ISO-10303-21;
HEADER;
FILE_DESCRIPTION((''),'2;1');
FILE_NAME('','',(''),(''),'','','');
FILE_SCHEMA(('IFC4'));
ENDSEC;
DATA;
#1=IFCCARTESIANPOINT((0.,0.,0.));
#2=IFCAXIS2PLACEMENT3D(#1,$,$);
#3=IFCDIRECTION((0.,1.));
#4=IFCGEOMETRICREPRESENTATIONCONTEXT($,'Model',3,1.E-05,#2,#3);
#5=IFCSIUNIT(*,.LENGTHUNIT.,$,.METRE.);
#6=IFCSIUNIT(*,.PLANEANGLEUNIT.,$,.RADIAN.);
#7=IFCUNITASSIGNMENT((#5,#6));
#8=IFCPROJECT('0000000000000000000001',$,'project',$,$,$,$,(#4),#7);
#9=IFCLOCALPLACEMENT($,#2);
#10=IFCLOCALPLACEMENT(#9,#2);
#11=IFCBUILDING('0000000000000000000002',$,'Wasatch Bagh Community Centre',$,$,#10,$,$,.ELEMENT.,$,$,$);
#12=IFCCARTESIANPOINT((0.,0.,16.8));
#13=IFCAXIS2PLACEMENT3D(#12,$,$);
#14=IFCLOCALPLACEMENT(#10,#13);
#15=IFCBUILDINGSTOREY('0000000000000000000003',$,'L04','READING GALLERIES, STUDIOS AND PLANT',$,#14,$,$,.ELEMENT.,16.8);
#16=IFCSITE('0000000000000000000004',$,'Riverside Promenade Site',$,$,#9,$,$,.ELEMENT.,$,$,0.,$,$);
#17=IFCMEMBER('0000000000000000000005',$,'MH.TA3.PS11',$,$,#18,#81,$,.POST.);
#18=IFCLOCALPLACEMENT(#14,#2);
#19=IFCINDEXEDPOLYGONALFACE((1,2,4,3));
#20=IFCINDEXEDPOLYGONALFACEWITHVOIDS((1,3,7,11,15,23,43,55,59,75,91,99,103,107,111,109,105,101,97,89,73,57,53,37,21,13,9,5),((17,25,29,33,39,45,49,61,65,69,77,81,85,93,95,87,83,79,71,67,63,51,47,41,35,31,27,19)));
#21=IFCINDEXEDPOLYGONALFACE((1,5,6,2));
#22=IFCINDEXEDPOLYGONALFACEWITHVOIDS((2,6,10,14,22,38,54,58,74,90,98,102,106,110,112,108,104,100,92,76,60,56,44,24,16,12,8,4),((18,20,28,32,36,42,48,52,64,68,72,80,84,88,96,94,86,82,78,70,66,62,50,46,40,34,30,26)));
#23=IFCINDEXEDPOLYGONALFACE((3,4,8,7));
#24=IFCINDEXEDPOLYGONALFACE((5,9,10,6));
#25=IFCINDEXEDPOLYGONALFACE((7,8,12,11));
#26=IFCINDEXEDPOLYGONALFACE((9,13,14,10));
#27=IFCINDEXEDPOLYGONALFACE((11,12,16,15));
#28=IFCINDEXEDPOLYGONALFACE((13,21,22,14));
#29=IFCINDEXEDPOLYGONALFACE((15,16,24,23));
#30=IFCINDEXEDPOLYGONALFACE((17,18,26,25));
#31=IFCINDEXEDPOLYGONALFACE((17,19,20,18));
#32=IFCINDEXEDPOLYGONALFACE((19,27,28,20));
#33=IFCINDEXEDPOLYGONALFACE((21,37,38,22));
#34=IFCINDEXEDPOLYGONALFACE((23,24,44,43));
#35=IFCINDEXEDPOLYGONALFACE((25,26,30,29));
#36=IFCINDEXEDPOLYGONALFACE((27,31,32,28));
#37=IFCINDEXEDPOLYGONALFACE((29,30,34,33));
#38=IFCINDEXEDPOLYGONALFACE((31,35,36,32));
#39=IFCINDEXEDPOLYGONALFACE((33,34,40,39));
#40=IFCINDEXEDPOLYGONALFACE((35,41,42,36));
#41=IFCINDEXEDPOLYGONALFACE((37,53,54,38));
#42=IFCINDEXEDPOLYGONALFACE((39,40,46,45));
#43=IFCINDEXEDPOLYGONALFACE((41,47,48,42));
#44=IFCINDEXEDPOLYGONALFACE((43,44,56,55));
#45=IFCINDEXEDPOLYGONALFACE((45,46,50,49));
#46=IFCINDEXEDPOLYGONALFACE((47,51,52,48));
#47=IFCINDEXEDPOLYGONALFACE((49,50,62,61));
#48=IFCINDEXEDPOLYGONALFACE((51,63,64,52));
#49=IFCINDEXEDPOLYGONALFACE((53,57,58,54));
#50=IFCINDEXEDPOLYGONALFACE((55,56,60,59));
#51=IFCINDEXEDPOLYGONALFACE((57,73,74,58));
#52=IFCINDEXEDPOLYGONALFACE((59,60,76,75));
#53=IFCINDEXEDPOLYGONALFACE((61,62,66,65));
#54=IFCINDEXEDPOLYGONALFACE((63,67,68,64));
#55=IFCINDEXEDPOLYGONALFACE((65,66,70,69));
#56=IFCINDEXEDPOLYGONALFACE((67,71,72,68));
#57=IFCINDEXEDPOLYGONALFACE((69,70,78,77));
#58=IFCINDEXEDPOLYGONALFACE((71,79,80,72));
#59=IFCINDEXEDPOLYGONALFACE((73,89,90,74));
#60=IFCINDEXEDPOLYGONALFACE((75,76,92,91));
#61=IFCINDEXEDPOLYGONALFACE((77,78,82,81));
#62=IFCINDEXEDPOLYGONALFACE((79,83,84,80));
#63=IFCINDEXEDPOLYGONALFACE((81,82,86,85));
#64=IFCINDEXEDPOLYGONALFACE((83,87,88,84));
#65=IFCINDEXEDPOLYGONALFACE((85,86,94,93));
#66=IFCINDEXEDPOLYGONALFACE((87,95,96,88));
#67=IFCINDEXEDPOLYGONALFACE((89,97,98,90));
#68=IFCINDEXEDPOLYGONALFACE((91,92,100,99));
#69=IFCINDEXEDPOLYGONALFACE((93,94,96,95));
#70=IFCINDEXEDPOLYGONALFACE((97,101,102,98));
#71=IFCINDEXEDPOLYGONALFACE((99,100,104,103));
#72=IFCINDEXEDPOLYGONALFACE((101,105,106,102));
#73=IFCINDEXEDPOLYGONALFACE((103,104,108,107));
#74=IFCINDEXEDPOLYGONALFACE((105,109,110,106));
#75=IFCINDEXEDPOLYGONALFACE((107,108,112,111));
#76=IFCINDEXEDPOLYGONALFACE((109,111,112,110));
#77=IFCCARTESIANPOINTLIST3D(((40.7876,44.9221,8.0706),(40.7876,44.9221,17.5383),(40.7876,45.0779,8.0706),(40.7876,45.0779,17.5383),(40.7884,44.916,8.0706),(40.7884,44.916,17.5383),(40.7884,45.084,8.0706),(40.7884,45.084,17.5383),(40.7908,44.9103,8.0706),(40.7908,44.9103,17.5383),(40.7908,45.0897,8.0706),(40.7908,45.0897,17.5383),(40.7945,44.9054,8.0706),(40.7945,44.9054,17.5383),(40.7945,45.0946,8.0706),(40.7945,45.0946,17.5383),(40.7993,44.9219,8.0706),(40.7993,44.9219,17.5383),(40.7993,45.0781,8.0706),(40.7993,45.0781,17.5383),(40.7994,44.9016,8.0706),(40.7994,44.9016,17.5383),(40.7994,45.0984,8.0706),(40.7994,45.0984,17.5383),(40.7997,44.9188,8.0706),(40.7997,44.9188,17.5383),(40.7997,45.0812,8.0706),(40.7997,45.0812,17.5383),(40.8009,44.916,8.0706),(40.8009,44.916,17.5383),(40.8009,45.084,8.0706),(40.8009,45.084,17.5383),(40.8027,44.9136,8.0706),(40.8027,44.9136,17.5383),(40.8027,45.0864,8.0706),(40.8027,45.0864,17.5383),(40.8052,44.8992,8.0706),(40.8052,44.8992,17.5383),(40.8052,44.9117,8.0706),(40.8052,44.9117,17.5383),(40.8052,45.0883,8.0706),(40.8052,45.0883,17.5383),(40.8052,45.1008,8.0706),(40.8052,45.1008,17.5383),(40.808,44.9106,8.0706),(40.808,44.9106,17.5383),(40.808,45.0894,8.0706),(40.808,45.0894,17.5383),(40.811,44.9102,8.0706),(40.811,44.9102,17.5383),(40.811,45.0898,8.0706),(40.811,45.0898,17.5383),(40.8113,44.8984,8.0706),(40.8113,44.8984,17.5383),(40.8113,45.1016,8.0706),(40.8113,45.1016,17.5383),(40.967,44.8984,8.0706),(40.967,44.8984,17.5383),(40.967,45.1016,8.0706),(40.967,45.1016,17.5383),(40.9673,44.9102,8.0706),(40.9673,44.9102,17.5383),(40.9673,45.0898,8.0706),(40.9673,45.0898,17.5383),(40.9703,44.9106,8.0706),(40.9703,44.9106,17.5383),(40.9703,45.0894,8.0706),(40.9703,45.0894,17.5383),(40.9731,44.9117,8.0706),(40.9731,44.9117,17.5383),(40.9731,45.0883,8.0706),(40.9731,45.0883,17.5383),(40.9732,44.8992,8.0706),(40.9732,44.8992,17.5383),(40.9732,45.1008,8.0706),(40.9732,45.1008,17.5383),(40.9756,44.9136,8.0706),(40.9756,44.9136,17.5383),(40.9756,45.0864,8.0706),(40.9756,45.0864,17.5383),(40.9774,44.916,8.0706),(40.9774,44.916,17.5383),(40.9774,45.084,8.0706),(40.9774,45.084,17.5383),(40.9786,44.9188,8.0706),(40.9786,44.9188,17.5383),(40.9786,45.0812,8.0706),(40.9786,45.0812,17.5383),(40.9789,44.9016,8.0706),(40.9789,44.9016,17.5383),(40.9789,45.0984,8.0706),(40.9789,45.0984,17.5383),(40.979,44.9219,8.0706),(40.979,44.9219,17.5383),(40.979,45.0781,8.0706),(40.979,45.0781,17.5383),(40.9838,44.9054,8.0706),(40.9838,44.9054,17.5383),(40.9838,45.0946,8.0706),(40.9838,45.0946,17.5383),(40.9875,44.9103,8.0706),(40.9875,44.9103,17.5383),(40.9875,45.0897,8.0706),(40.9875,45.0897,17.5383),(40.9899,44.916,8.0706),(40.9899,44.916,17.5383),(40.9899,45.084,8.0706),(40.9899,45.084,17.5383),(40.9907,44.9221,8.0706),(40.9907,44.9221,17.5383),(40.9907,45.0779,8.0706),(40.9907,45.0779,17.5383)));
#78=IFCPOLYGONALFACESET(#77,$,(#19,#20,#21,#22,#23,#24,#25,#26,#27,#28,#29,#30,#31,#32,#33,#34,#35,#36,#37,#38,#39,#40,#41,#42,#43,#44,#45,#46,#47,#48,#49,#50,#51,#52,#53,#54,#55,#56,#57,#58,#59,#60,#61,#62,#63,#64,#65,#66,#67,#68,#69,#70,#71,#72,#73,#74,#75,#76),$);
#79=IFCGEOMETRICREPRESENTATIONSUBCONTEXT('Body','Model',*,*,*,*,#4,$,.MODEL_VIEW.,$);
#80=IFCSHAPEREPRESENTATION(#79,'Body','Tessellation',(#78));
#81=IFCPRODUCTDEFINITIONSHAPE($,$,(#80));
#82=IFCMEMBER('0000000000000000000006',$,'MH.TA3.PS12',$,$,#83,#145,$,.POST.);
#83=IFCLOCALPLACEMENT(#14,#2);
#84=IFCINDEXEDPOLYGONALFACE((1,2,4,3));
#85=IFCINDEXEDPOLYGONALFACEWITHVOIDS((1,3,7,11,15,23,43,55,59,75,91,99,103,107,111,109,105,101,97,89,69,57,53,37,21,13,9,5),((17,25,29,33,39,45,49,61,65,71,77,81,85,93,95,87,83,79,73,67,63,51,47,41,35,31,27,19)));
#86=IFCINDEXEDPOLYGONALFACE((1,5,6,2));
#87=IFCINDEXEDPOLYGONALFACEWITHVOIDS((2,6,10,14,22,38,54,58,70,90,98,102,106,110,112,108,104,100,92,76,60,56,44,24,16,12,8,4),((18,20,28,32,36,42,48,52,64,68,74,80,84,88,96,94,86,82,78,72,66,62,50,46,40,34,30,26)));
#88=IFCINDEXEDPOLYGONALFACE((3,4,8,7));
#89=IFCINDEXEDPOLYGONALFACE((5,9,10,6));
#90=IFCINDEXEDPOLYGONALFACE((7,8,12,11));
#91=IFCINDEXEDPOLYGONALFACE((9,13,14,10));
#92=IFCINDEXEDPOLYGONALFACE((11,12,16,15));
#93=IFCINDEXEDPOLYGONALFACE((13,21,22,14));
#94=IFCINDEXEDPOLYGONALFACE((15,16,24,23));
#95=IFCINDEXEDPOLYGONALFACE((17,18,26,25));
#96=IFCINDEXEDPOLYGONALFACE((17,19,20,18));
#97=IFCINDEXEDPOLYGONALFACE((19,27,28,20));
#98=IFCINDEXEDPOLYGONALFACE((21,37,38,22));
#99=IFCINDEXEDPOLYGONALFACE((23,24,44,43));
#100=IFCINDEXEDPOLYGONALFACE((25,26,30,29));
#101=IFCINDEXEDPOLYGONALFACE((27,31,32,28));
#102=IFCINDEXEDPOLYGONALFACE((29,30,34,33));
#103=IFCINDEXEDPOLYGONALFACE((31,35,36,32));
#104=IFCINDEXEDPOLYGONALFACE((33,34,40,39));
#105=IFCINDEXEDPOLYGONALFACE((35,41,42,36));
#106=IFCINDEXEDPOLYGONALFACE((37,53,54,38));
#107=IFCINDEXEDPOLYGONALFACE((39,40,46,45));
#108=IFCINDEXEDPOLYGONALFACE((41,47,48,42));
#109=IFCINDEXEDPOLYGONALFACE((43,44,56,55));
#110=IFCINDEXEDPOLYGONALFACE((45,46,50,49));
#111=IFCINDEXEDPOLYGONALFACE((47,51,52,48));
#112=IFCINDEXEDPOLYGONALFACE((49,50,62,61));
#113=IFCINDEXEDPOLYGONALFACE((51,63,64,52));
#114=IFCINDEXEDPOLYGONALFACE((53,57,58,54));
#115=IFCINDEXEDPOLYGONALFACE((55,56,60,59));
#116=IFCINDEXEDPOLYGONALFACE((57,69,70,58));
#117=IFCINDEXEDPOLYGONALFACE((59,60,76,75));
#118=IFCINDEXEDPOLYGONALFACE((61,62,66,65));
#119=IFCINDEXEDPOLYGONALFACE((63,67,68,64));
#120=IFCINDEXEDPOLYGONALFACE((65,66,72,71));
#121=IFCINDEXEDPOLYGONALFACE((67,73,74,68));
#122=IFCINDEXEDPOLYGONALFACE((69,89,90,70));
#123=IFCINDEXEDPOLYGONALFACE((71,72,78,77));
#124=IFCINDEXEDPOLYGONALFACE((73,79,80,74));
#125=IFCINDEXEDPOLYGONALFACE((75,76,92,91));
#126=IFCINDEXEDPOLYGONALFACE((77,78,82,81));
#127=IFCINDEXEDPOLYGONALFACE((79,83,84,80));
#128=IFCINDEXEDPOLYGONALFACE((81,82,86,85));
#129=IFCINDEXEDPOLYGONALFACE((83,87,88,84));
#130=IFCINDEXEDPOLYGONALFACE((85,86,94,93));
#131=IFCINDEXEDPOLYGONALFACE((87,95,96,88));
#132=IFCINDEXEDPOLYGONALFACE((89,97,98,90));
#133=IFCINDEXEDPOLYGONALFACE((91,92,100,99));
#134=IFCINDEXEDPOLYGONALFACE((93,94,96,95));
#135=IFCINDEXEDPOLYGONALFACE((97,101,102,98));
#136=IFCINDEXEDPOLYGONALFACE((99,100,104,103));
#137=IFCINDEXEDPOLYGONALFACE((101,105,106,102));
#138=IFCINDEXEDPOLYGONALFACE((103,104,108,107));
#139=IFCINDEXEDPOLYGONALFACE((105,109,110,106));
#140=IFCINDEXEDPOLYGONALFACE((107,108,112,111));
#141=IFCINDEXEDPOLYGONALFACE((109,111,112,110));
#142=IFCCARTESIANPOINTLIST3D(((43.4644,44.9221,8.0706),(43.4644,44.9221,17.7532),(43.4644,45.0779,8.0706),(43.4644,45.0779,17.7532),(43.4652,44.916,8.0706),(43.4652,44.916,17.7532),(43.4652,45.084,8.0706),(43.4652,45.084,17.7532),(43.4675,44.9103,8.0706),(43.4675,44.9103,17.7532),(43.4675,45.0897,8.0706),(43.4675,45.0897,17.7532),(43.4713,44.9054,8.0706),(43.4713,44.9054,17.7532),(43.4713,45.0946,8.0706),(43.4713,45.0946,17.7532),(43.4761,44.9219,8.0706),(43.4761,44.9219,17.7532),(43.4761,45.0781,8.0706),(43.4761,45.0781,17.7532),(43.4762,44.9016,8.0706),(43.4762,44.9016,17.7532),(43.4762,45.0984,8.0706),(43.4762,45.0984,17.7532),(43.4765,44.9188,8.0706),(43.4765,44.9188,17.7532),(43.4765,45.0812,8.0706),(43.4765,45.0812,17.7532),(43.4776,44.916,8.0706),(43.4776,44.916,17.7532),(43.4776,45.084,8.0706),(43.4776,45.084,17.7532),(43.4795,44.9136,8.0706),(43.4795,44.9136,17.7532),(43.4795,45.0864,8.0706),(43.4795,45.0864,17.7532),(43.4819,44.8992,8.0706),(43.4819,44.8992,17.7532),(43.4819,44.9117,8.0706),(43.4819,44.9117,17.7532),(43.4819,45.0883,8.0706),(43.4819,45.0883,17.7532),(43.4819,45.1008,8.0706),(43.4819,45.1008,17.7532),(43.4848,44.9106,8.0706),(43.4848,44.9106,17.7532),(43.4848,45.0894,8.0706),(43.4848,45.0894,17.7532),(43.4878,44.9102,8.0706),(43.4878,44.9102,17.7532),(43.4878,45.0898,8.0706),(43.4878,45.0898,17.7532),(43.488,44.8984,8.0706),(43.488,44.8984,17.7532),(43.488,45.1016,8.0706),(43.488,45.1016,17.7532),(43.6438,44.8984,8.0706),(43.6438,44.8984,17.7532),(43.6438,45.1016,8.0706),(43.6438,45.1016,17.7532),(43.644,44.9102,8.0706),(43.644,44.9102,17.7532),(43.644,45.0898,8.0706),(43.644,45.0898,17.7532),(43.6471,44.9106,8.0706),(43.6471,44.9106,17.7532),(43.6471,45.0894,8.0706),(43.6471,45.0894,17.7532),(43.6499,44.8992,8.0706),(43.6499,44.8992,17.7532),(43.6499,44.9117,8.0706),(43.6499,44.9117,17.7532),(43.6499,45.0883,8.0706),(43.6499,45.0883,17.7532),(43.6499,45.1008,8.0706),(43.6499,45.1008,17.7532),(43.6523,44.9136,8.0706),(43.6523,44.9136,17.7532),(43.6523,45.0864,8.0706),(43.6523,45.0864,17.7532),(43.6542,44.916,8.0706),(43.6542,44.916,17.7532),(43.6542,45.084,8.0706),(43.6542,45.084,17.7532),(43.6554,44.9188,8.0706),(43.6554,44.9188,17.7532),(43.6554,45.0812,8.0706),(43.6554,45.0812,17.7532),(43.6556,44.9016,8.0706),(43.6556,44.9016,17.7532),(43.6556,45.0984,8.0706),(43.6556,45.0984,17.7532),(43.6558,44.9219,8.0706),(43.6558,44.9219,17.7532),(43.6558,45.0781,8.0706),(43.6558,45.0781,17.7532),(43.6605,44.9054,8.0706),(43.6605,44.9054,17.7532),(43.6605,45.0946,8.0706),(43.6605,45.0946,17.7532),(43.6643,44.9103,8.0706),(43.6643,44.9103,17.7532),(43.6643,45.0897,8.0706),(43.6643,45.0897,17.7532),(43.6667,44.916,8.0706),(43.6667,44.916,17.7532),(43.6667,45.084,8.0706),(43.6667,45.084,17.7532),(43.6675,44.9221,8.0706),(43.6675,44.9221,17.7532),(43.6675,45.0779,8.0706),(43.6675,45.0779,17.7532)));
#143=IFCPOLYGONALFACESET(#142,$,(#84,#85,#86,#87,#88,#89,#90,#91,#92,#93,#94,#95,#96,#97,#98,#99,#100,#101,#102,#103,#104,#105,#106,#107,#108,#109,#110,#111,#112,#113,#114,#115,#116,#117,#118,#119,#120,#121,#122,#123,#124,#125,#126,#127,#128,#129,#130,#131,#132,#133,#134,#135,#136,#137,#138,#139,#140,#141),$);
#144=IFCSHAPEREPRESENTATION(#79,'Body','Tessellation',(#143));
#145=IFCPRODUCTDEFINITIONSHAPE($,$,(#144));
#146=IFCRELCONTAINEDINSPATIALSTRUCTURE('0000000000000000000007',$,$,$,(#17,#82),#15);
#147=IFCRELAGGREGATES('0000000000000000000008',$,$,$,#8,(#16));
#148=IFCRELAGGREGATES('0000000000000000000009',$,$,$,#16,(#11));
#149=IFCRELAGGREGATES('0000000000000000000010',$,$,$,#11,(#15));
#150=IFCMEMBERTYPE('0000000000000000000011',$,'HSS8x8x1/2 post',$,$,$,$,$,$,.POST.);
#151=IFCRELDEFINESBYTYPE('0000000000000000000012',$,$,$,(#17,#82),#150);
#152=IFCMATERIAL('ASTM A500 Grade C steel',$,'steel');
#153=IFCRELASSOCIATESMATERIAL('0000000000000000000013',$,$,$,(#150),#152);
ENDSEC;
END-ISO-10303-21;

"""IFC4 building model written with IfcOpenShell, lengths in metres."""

from ifc_helpers import new_model, si_unit, direction, frame, origin, origin_2d, place, context, subcontext, project, spatial, hollow_rectangle, extrude, material, material_profile, profile_set, type_object, element, save


model = new_model("IFC4")

# Units and contexts
model_context = context("Model", 3, precision=1e-05, world=origin(), true_north=direction((0.0, 1.0)))
body_context = subcontext(model_context, "Body", "Model", "MODEL_VIEW")
ifc_project = project(units=[si_unit("LENGTHUNIT", "METRE"), si_unit("PLANEANGLEUNIT", "RADIAN")], contexts=[model_context])

# Site, building, storey
site_placement = place(None, origin())
site = spatial("IfcSite", under=ifc_project, at=site_placement, Name="Riverside Promenade Site", CompositionType="ELEMENT", RefElevation=0.0)
building_placement = place(site_placement, origin())
building = spatial("IfcBuilding", under=site, at=building_placement, Name="Wasatch Bagh Community Centre", CompositionType="ELEMENT")
storey_placement = place(building_placement, frame((0.0, 0.0, 16.8)))
storey = spatial("IfcBuildingStorey", under=building, at=storey_placement, Name="L04", Description="READING GALLERIES, STUDIOS AND PLANT", CompositionType="ELEMENT", Elevation=16.8)

# Members
ifc_material_1 = material(Name="ASTM A500 Grade C steel", Category="steel")
ifc_material_profile_1 = material_profile(ifc_material_1, hollow_rectangle(XDim=0.2031, YDim=0.2031, WallThickness=0.0117, InnerFilletRadius=0.0117, OuterFilletRadius=0.0237, at=origin_2d()), Name="HSS8x8x1/2")
ifc_profile_set_1 = profile_set([ifc_material_profile_1], Name="ASTM A500 Grade C steel")
member_type_1 = type_object("IfcMemberType", Name="HSS8x8x1/2 post", PredefinedType="POST", material=ifc_profile_set_1)
member_1_placement = place(storey_placement, frame((40.8892, 45.0, 8.0706), z_axis=(0.0, 0.0, 1.0), x_axis=(1.0, 0.0, 0.0)))
element("IfcMember", 1, at=member_1_placement, inside=storey, type_object=member_type_1, Name="MH.TA3.PS11", PredefinedType="POST", context=body_context, shape_type="SweptSolid", body=[
    extrude(hollow_rectangle(XDim=0.2031, YDim=0.2031, WallThickness=0.0117, InnerFilletRadius=0.0117, OuterFilletRadius=0.0237, at=origin_2d()), origin(), (0.0, 0.0, 1.0), 9.4678),
])
member_2_placement = place(storey_placement, frame((43.5659, 45.0, 8.0706), z_axis=(0.0, 0.0, 1.0), x_axis=(1.0, 0.0, 0.0)))
element("IfcMember", 2, at=member_2_placement, inside=storey, type_object=member_type_1, Name="MH.TA3.PS12", PredefinedType="POST", context=body_context, shape_type="SweptSolid", body=[
    extrude(hollow_rectangle(XDim=0.2031, YDim=0.2031, WallThickness=0.0117, InnerFilletRadius=0.0117, OuterFilletRadius=0.0237, at=origin_2d()), origin(), (0.0, 0.0, 1.0), 9.6826),
])

save(model, "model.ifc")
